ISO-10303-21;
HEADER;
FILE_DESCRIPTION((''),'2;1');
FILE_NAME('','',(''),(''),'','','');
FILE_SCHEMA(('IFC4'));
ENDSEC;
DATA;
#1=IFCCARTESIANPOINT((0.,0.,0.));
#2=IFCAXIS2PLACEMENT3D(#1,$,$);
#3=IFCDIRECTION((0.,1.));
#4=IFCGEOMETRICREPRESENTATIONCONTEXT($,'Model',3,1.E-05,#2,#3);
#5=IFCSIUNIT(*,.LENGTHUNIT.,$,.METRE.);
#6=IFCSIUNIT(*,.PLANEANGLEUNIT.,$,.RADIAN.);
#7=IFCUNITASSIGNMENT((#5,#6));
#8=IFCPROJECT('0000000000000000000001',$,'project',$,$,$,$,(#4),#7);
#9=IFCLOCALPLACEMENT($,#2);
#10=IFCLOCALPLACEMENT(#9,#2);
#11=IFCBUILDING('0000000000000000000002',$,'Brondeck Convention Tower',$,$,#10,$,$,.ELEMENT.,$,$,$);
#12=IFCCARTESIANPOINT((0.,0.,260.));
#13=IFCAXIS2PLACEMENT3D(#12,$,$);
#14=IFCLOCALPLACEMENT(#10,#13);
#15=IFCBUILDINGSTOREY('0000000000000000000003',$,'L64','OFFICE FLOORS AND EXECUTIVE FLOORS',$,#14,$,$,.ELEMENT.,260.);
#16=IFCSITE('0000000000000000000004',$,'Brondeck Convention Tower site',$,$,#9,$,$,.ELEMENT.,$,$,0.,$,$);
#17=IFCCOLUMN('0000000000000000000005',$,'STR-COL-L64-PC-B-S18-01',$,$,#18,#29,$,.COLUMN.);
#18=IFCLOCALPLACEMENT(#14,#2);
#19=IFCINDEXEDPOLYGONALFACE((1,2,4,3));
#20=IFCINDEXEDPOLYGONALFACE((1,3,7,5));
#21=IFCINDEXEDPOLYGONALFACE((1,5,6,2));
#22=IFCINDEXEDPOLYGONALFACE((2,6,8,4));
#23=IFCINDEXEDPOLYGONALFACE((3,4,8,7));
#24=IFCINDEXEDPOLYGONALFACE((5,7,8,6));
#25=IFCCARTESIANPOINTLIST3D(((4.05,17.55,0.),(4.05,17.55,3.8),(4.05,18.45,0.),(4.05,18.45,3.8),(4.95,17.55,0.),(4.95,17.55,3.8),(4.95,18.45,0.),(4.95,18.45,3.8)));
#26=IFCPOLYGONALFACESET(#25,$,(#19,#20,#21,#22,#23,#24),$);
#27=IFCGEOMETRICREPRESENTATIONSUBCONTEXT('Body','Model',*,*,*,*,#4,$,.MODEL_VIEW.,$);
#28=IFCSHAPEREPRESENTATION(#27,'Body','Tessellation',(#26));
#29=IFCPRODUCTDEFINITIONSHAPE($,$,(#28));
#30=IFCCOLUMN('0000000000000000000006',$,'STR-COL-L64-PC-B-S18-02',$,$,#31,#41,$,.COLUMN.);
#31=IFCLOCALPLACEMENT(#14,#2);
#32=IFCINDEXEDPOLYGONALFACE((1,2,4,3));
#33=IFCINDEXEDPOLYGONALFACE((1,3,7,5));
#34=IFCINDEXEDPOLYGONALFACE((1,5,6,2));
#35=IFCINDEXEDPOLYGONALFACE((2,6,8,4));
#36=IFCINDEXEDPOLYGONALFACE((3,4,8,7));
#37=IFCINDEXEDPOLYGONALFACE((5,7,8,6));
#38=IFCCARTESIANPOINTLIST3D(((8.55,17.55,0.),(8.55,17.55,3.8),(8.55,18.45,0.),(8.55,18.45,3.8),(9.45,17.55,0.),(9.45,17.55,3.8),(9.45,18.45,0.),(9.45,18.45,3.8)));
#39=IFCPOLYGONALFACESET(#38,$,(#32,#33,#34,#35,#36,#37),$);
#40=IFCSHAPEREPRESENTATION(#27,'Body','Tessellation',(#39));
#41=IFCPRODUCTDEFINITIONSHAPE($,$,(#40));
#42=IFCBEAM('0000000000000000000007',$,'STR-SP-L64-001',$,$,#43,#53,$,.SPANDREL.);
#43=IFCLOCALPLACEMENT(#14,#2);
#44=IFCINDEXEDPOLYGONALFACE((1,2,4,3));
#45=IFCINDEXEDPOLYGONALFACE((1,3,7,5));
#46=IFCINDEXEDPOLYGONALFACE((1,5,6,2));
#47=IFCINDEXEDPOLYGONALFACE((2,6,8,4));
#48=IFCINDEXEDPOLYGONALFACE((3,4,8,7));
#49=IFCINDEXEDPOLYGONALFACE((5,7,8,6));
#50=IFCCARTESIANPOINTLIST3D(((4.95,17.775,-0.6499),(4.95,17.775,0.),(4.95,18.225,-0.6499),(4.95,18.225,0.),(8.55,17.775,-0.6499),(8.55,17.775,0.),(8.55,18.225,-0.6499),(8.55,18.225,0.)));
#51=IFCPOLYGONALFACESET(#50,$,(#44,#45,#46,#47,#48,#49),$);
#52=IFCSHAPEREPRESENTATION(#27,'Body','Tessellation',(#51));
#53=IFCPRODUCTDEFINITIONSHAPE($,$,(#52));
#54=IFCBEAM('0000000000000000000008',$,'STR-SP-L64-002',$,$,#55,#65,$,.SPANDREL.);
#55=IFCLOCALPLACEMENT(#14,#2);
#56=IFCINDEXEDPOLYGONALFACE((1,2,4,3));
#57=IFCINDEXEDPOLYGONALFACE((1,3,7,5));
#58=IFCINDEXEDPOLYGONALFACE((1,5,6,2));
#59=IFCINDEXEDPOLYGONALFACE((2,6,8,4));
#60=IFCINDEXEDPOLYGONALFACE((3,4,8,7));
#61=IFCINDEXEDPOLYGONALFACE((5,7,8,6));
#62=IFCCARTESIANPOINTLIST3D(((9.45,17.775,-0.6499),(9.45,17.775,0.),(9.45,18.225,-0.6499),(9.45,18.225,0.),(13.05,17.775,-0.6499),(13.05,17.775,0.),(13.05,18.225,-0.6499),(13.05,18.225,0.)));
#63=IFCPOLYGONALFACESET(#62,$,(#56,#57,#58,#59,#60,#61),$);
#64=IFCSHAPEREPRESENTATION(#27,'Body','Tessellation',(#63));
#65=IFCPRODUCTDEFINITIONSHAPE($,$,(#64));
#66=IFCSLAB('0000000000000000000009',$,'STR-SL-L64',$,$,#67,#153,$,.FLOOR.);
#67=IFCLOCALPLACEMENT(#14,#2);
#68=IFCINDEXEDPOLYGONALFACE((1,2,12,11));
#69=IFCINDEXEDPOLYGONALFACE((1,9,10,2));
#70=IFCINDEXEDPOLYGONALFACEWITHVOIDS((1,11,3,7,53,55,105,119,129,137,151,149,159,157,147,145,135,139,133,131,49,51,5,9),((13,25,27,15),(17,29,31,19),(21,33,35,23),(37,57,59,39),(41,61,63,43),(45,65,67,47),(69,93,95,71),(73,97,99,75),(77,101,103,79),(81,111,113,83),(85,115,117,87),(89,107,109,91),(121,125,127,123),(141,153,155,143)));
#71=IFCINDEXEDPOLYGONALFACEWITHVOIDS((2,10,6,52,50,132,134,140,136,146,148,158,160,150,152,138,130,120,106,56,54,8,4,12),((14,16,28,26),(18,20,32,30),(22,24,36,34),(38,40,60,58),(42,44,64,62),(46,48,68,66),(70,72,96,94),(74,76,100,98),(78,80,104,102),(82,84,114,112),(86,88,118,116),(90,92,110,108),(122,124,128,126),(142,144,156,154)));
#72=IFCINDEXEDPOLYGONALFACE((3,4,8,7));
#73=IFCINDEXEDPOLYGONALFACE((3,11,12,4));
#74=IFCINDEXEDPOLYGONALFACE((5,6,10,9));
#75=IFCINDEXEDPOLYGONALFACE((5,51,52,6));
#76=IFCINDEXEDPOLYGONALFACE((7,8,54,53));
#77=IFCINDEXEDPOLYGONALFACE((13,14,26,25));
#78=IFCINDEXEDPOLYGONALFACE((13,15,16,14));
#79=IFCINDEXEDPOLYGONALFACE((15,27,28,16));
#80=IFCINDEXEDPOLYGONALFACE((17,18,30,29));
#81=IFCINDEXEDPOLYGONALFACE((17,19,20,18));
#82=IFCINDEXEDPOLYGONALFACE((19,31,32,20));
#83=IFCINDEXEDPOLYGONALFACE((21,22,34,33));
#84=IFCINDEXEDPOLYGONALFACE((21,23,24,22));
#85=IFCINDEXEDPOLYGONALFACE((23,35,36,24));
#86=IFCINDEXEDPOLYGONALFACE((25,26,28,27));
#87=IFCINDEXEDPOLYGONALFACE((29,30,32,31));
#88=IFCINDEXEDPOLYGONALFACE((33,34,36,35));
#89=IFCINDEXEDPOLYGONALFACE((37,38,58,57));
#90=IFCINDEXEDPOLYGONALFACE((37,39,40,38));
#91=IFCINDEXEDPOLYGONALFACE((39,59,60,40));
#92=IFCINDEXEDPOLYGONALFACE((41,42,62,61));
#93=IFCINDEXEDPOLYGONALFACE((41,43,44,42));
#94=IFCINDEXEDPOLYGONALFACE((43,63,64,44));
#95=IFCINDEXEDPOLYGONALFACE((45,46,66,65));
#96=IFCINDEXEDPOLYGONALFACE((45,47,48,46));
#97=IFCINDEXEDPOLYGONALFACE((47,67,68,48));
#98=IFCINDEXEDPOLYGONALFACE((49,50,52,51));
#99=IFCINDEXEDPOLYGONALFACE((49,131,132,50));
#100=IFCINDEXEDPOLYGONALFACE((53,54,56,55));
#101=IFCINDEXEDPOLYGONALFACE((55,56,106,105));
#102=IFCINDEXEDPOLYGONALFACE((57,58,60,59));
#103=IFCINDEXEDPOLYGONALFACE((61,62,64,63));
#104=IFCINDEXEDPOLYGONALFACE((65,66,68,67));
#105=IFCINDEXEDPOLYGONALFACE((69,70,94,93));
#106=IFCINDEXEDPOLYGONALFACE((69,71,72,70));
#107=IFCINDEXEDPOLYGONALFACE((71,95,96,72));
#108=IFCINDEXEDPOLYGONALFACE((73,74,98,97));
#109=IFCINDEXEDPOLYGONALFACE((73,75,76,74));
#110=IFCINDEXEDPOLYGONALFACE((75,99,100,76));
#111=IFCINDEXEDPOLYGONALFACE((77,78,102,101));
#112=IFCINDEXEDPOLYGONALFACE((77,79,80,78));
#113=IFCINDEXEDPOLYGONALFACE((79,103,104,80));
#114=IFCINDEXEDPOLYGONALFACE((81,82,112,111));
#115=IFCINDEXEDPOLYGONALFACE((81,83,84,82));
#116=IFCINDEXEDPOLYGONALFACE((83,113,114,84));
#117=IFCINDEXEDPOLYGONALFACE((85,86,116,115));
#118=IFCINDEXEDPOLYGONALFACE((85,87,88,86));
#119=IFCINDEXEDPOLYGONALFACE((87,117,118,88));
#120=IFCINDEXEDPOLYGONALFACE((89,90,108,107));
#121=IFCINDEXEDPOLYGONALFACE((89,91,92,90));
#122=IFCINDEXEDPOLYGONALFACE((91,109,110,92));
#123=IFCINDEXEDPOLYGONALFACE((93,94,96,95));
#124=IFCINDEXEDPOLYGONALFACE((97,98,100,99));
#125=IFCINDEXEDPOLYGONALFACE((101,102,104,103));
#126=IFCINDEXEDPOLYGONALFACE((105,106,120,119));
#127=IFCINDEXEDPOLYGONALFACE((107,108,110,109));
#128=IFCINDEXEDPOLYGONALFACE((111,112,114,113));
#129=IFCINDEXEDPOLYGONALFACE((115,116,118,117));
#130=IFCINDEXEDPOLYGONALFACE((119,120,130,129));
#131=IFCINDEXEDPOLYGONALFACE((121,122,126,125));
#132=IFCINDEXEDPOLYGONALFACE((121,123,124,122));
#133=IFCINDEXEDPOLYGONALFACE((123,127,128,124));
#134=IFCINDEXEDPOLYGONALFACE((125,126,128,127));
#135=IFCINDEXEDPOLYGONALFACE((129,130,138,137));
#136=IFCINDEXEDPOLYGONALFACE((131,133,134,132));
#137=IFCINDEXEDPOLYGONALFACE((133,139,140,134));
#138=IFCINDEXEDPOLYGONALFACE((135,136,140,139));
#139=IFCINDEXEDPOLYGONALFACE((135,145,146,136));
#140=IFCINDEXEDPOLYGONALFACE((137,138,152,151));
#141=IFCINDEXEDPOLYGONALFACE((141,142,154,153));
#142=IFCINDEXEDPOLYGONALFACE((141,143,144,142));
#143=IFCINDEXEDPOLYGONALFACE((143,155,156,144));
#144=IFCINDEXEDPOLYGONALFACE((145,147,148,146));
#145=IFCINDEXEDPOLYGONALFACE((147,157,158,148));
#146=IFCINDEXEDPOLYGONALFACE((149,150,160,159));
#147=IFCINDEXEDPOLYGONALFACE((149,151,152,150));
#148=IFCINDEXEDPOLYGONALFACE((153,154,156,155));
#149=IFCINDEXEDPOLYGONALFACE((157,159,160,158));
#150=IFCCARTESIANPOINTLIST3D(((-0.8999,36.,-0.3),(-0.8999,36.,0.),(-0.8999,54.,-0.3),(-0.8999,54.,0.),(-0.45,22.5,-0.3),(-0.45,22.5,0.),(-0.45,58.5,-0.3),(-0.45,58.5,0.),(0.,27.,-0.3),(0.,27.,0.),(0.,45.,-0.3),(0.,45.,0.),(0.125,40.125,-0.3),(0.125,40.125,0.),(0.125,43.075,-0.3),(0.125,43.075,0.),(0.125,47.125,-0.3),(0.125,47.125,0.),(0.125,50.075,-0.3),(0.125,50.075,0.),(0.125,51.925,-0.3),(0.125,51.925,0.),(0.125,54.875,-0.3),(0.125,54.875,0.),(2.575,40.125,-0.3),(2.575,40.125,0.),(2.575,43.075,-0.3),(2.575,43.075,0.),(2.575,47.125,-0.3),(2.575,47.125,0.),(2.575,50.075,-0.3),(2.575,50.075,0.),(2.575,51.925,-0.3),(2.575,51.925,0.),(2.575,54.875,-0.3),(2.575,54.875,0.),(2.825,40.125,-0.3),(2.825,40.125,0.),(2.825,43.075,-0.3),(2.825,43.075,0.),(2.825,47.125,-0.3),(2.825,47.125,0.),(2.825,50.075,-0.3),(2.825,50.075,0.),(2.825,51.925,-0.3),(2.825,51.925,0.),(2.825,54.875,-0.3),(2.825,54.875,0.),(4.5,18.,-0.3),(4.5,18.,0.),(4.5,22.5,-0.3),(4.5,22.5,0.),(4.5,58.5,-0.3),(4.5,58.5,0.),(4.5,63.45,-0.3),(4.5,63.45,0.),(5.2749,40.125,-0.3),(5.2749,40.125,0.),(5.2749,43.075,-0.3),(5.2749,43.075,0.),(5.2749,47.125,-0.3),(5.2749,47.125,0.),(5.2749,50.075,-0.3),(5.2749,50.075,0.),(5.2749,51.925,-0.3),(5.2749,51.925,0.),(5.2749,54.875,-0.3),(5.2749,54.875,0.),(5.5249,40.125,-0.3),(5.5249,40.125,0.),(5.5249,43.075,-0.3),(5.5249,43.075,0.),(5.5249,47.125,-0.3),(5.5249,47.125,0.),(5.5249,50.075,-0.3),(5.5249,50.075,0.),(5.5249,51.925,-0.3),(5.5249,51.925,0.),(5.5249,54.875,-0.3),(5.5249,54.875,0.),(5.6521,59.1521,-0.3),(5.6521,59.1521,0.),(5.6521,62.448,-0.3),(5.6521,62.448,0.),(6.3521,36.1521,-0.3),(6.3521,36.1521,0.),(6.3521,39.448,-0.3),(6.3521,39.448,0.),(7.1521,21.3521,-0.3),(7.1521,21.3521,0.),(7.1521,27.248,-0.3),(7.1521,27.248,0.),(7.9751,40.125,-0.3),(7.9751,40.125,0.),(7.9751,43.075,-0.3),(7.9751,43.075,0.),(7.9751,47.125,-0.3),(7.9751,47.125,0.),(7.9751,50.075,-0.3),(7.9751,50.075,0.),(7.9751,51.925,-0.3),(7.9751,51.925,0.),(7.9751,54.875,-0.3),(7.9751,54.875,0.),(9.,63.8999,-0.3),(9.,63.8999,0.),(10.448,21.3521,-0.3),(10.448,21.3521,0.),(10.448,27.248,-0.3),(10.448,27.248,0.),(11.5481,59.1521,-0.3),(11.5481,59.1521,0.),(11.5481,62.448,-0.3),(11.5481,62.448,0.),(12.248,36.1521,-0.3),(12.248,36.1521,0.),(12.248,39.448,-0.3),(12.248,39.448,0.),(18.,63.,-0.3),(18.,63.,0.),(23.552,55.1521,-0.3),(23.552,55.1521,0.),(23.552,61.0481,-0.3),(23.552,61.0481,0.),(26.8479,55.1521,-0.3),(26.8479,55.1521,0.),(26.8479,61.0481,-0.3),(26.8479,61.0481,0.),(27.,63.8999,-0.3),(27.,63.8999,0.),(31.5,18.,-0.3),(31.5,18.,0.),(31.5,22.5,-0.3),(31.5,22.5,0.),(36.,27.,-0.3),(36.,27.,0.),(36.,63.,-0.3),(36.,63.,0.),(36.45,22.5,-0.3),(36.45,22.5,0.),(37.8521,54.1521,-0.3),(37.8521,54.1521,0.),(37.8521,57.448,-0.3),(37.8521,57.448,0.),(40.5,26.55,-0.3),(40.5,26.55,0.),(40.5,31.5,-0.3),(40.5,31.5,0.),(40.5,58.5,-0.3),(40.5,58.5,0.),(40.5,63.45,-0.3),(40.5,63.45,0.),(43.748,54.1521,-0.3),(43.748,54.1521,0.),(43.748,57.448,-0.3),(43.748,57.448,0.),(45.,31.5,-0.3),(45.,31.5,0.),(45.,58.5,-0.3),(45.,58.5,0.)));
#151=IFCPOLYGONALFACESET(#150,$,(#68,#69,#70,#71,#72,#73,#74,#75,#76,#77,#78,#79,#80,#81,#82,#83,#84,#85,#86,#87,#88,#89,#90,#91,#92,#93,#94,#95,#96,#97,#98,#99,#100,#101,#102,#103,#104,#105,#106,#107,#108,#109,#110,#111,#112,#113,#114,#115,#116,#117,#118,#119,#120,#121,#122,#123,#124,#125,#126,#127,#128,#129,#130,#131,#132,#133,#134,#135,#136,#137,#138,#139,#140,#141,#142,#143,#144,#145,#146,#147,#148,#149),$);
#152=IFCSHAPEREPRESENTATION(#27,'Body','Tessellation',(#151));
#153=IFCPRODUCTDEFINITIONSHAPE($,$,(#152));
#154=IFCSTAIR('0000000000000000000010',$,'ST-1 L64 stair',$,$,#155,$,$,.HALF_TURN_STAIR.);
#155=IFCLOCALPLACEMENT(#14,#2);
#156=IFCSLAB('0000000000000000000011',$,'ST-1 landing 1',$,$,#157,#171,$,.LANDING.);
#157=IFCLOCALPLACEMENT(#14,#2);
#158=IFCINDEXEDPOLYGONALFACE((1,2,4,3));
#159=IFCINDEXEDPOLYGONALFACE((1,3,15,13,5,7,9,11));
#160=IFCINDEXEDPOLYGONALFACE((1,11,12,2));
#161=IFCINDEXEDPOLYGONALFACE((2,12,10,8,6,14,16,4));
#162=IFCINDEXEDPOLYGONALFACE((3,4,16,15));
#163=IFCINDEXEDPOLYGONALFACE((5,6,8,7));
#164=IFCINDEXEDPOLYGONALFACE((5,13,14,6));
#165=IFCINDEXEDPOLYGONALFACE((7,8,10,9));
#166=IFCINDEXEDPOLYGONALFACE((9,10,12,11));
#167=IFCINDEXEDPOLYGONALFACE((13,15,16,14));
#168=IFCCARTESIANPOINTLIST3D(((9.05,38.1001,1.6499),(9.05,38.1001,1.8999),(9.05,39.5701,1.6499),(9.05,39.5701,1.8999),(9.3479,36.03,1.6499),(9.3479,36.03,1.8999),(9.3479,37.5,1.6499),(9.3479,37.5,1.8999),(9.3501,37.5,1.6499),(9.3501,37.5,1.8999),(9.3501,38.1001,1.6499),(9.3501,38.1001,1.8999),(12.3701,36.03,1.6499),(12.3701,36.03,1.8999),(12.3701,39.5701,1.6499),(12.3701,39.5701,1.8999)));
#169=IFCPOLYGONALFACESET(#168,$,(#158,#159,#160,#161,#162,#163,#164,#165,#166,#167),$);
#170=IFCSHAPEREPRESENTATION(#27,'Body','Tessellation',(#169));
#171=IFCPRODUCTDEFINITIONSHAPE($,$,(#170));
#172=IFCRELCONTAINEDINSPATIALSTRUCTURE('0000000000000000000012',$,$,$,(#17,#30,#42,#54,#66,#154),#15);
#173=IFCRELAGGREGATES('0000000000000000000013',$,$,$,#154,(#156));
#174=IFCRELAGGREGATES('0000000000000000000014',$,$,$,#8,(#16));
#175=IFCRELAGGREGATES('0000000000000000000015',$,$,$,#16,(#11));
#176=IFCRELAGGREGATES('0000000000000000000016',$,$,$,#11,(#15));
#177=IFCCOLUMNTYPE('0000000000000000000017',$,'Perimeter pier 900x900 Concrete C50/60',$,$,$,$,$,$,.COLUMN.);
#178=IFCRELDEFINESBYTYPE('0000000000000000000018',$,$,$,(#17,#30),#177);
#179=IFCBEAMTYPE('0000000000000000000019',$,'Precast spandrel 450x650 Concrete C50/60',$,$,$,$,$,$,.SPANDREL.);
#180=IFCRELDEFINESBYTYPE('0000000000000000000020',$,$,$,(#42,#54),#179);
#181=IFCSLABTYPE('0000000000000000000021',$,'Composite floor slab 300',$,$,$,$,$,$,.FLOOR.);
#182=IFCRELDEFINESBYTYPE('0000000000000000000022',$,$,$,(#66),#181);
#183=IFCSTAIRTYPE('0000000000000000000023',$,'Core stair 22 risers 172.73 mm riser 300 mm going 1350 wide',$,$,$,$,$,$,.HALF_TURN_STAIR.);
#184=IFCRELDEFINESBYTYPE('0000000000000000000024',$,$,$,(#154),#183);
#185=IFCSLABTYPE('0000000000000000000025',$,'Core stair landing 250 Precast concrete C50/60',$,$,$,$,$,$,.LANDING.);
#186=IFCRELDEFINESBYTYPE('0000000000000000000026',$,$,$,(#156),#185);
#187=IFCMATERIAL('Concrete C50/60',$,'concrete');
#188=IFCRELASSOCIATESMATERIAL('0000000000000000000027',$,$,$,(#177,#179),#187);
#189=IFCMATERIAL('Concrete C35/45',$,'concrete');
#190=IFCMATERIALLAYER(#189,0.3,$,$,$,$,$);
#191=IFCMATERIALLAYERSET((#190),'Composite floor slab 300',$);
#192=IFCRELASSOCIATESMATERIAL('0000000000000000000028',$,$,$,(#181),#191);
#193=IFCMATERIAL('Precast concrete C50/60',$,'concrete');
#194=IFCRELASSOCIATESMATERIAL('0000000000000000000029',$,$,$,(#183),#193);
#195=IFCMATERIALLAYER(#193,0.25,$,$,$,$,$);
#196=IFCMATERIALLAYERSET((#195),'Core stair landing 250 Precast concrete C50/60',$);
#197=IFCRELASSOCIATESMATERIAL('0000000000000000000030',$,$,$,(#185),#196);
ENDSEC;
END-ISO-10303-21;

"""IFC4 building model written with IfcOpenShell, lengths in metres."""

from ifc_helpers import new_model, si_unit, direction, frame, origin, origin_2d, place, context, subcontext, project, spatial, polyline, rectangle, outline, extrude, material, layer, layer_set, material_profile, profile_set, type_object, element, aggregate, save


model = new_model("IFC4")

# Units and contexts
model_context = context("Model", 3, precision=1e-05, world=origin(), true_north=direction((0.0, 1.0)))
body_context = subcontext(model_context, "Body", "Model", "MODEL_VIEW")
ifc_project = project(units=[si_unit("LENGTHUNIT", "METRE"), si_unit("PLANEANGLEUNIT", "RADIAN")], contexts=[model_context])

# Site, building, storey
site_placement = place(None, origin())
site = spatial("IfcSite", under=ifc_project, at=site_placement, Name="Brondeck Convention Tower site", CompositionType="ELEMENT", RefElevation=0.0)
building_placement = place(site_placement, origin())
building = spatial("IfcBuilding", under=site, at=building_placement, Name="Brondeck Convention Tower", CompositionType="ELEMENT")
storey_placement = place(building_placement, frame((0.0, 0.0, 260.0)))
storey = spatial("IfcBuildingStorey", under=building, at=storey_placement, Name="L64", Description="OFFICE FLOORS AND EXECUTIVE FLOORS", CompositionType="ELEMENT", Elevation=260.0)

# Columns
ifc_material_1 = material(Name="Concrete C50/60", Category="concrete")
ifc_material_profile_1 = material_profile(ifc_material_1, rectangle(XDim=0.8999, YDim=0.8999, at=origin_2d()), Name="Perimeter pier 900x900 Concrete C50/60")
ifc_profile_set_1 = profile_set([ifc_material_profile_1], Name="Concrete C50/60")
column_type = type_object("IfcColumnType", Name="Perimeter pier 900x900 Concrete C50/60", PredefinedType="COLUMN", material=ifc_profile_set_1)
for number, where, z_axis, x_axis, name in (
    (1, (4.5, 18.0, 0.0), (0.0, 0.0, 1.0), (1.0, 0.0, 0.0), "STR-COL-L64-PC-B-S18-01"),
    (2, (9.0, 18.0, 0.0), (0.0, 0.0, 1.0), (1.0, 0.0, 0.0), "STR-COL-L64-PC-B-S18-02"),
):
    element("IfcColumn", number, at=place(storey_placement, frame(where, z_axis=z_axis, x_axis=x_axis)), inside=storey, type_object=column_type, Name=name, PredefinedType="COLUMN", context=body_context, shape_type="SweptSolid", body=[
        extrude(rectangle(XDim=0.8999, YDim=0.8999, at=origin_2d()), origin(), (0.0, 0.0, 1.0), 3.8),
    ])

# Beams
ifc_material_profile_2 = material_profile(ifc_material_1, rectangle(XDim=0.45, YDim=0.6499, at=origin_2d()), Name="Precast spandrel 450x650 Concrete C50/60")
ifc_profile_set_2 = profile_set([ifc_material_profile_2], Name="Concrete C50/60")
beam_type = type_object("IfcBeamType", Name="Precast spandrel 450x650 Concrete C50/60", PredefinedType="SPANDREL", material=ifc_profile_set_2)
for number, where, z_axis, x_axis, name in (
    (3, (4.95, 18.0, -0.325), (1.0, 0.0, 0.0), (0.0, 1.0, 0.0), "STR-SP-L64-001"),
    (4, (9.45, 18.0, -0.325), (1.0, 0.0, 0.0), (0.0, 1.0, 0.0), "STR-SP-L64-002"),
):
    element("IfcBeam", number, at=place(storey_placement, frame(where, z_axis=z_axis, x_axis=x_axis)), inside=storey, type_object=beam_type, Name=name, PredefinedType="SPANDREL", context=body_context, shape_type="SweptSolid", body=[
        extrude(rectangle(XDim=0.45, YDim=0.6499, at=origin_2d()), origin(), (0.0, 0.0, 1.0), 3.6001),
    ])

# Slab
ifc_material_2 = material(Name="Concrete C35/45", Category="concrete")
ifc_layer_1 = layer(ifc_material_2, 0.3)
ifc_layer_set_1 = layer_set([ifc_layer_1], Name="Composite floor slab 300")
slab_type_1 = type_object("IfcSlabType", Name="Composite floor slab 300", PredefinedType="FLOOR", material=ifc_layer_set_1)
slab_1_placement = place(storey_placement, frame((0.0, 0.0, -0.3)))
element("IfcSlab", 5, at=slab_1_placement, inside=storey, type_object=slab_type_1, Name="STR-SL-L64", PredefinedType="FLOOR", context=body_context, shape_type="SweptSolid", body=[
    extrude(outline(polyline([(4.5, 22.5), (-0.45, 22.5), (0.0, 27.0), (-0.8999, 36.0), (0.0, 45.0), (-0.8999, 54.0), (-0.45, 58.5), (4.5, 58.5), (4.5, 63.45), (9.0, 63.8999), (18.0, 63.0), (27.0, 63.8999), (36.0, 63.0), (40.5, 63.45), (40.5, 58.5), (45.0, 58.5), (45.0, 31.5), (40.5, 31.5), (40.5, 26.55), (36.0, 27.0), (36.45, 22.5), (31.5, 22.5), (31.5, 18.0), (4.5, 18.0), (4.5, 22.5)]), holes=[polyline([(2.575, 43.075), (0.125, 43.075), (0.125, 40.125), (2.575, 40.125), (2.575, 43.075)]), polyline([(5.2749, 40.125), (5.2749, 43.075), (2.825, 43.075), (2.825, 40.125), (5.2749, 40.125)]), polyline([(7.9751, 40.125), (7.9751, 43.075), (5.5249, 43.075), (5.5249, 40.125), (7.9751, 40.125)]), polyline([(2.575, 47.125), (2.575, 50.075), (0.125, 50.075), (0.125, 47.125), (2.575, 47.125)]), polyline([(5.2749, 47.125), (5.2749, 50.075), (2.825, 50.075), (2.825, 47.125), (5.2749, 47.125)]), polyline([(2.575, 51.925), (2.575, 54.875), (0.125, 54.875), (0.125, 51.925), (2.575, 51.925)]), polyline([(5.2749, 51.925), (5.2749, 54.875), (2.825, 54.875), (2.825, 51.925), (5.2749, 51.925)]), polyline([(7.1521, 27.248), (7.1521, 21.3521), (10.448, 21.3521), (10.448, 27.248), (7.1521, 27.248)]), polyline([(12.248, 36.1521), (12.248, 39.448), (6.3521, 39.448), (6.3521, 36.1521), (12.248, 36.1521)]), polyline([(7.9751, 47.125), (7.9751, 50.075), (5.5249, 50.075), (5.5249, 47.125), (7.9751, 47.125)]), polyline([(7.9751, 51.925), (7.9751, 54.875), (5.5249, 54.875), (5.5249, 51.925), (7.9751, 51.925)]), polyline([(43.748, 54.1521), (43.748, 57.448), (37.8521, 57.448), (37.8521, 54.1521), (43.748, 54.1521)]), polyline([(23.552, 55.1521), (26.8479, 55.1521), (26.8479, 61.0481), (23.552, 61.0481), (23.552, 55.1521)]), polyline([(5.6521, 62.448), (5.6521, 59.1521), (11.5481, 59.1521), (11.5481, 62.448), (5.6521, 62.448)])]), origin(), (0.0, 0.0, 1.0), 0.3),
])

# Stair, slab
ifc_material_3 = material(Name="Precast concrete C50/60", Category="concrete")
stair_type = type_object("IfcStairType", Name="Core stair 22 risers 172.73 mm riser 300 mm going 1350 wide", PredefinedType="HALF_TURN_STAIR", material=ifc_material_3)
stair_1_placement = place(storey_placement, origin())
stair_1 = element("IfcStair", 6, at=stair_1_placement, inside=storey, type_object=stair_type, Name="ST-1 L64 stair", PredefinedType="HALF_TURN_STAIR")
ifc_layer_2 = layer(ifc_material_3, 0.25)
ifc_layer_set_2 = layer_set([ifc_layer_2], Name="Core stair landing 250 Precast concrete C50/60")
slab_type_2 = type_object("IfcSlabType", Name="Core stair landing 250 Precast concrete C50/60", PredefinedType="LANDING", material=ifc_layer_set_2)
slab_2_placement = place(storey_placement, frame((0.0, 0.0, 1.6499)))
slab_2 = element("IfcSlab", 7, at=slab_2_placement, type_object=slab_type_2, Name="ST-1 landing 1", PredefinedType="LANDING", context=body_context, shape_type="SweptSolid", body=[
    extrude(outline(polyline([(9.3479, 37.5), (9.3501, 37.5), (9.3501, 38.1001), (9.05, 38.1001), (9.05, 39.5701), (12.3701, 39.5701), (12.3701, 36.03), (9.3479, 36.03), (9.3479, 37.5)])), origin(), (0.0, 0.0, 1.0), 0.25),
])
aggregate(stair_1, [slab_2])

save(model, "model.ifc")
